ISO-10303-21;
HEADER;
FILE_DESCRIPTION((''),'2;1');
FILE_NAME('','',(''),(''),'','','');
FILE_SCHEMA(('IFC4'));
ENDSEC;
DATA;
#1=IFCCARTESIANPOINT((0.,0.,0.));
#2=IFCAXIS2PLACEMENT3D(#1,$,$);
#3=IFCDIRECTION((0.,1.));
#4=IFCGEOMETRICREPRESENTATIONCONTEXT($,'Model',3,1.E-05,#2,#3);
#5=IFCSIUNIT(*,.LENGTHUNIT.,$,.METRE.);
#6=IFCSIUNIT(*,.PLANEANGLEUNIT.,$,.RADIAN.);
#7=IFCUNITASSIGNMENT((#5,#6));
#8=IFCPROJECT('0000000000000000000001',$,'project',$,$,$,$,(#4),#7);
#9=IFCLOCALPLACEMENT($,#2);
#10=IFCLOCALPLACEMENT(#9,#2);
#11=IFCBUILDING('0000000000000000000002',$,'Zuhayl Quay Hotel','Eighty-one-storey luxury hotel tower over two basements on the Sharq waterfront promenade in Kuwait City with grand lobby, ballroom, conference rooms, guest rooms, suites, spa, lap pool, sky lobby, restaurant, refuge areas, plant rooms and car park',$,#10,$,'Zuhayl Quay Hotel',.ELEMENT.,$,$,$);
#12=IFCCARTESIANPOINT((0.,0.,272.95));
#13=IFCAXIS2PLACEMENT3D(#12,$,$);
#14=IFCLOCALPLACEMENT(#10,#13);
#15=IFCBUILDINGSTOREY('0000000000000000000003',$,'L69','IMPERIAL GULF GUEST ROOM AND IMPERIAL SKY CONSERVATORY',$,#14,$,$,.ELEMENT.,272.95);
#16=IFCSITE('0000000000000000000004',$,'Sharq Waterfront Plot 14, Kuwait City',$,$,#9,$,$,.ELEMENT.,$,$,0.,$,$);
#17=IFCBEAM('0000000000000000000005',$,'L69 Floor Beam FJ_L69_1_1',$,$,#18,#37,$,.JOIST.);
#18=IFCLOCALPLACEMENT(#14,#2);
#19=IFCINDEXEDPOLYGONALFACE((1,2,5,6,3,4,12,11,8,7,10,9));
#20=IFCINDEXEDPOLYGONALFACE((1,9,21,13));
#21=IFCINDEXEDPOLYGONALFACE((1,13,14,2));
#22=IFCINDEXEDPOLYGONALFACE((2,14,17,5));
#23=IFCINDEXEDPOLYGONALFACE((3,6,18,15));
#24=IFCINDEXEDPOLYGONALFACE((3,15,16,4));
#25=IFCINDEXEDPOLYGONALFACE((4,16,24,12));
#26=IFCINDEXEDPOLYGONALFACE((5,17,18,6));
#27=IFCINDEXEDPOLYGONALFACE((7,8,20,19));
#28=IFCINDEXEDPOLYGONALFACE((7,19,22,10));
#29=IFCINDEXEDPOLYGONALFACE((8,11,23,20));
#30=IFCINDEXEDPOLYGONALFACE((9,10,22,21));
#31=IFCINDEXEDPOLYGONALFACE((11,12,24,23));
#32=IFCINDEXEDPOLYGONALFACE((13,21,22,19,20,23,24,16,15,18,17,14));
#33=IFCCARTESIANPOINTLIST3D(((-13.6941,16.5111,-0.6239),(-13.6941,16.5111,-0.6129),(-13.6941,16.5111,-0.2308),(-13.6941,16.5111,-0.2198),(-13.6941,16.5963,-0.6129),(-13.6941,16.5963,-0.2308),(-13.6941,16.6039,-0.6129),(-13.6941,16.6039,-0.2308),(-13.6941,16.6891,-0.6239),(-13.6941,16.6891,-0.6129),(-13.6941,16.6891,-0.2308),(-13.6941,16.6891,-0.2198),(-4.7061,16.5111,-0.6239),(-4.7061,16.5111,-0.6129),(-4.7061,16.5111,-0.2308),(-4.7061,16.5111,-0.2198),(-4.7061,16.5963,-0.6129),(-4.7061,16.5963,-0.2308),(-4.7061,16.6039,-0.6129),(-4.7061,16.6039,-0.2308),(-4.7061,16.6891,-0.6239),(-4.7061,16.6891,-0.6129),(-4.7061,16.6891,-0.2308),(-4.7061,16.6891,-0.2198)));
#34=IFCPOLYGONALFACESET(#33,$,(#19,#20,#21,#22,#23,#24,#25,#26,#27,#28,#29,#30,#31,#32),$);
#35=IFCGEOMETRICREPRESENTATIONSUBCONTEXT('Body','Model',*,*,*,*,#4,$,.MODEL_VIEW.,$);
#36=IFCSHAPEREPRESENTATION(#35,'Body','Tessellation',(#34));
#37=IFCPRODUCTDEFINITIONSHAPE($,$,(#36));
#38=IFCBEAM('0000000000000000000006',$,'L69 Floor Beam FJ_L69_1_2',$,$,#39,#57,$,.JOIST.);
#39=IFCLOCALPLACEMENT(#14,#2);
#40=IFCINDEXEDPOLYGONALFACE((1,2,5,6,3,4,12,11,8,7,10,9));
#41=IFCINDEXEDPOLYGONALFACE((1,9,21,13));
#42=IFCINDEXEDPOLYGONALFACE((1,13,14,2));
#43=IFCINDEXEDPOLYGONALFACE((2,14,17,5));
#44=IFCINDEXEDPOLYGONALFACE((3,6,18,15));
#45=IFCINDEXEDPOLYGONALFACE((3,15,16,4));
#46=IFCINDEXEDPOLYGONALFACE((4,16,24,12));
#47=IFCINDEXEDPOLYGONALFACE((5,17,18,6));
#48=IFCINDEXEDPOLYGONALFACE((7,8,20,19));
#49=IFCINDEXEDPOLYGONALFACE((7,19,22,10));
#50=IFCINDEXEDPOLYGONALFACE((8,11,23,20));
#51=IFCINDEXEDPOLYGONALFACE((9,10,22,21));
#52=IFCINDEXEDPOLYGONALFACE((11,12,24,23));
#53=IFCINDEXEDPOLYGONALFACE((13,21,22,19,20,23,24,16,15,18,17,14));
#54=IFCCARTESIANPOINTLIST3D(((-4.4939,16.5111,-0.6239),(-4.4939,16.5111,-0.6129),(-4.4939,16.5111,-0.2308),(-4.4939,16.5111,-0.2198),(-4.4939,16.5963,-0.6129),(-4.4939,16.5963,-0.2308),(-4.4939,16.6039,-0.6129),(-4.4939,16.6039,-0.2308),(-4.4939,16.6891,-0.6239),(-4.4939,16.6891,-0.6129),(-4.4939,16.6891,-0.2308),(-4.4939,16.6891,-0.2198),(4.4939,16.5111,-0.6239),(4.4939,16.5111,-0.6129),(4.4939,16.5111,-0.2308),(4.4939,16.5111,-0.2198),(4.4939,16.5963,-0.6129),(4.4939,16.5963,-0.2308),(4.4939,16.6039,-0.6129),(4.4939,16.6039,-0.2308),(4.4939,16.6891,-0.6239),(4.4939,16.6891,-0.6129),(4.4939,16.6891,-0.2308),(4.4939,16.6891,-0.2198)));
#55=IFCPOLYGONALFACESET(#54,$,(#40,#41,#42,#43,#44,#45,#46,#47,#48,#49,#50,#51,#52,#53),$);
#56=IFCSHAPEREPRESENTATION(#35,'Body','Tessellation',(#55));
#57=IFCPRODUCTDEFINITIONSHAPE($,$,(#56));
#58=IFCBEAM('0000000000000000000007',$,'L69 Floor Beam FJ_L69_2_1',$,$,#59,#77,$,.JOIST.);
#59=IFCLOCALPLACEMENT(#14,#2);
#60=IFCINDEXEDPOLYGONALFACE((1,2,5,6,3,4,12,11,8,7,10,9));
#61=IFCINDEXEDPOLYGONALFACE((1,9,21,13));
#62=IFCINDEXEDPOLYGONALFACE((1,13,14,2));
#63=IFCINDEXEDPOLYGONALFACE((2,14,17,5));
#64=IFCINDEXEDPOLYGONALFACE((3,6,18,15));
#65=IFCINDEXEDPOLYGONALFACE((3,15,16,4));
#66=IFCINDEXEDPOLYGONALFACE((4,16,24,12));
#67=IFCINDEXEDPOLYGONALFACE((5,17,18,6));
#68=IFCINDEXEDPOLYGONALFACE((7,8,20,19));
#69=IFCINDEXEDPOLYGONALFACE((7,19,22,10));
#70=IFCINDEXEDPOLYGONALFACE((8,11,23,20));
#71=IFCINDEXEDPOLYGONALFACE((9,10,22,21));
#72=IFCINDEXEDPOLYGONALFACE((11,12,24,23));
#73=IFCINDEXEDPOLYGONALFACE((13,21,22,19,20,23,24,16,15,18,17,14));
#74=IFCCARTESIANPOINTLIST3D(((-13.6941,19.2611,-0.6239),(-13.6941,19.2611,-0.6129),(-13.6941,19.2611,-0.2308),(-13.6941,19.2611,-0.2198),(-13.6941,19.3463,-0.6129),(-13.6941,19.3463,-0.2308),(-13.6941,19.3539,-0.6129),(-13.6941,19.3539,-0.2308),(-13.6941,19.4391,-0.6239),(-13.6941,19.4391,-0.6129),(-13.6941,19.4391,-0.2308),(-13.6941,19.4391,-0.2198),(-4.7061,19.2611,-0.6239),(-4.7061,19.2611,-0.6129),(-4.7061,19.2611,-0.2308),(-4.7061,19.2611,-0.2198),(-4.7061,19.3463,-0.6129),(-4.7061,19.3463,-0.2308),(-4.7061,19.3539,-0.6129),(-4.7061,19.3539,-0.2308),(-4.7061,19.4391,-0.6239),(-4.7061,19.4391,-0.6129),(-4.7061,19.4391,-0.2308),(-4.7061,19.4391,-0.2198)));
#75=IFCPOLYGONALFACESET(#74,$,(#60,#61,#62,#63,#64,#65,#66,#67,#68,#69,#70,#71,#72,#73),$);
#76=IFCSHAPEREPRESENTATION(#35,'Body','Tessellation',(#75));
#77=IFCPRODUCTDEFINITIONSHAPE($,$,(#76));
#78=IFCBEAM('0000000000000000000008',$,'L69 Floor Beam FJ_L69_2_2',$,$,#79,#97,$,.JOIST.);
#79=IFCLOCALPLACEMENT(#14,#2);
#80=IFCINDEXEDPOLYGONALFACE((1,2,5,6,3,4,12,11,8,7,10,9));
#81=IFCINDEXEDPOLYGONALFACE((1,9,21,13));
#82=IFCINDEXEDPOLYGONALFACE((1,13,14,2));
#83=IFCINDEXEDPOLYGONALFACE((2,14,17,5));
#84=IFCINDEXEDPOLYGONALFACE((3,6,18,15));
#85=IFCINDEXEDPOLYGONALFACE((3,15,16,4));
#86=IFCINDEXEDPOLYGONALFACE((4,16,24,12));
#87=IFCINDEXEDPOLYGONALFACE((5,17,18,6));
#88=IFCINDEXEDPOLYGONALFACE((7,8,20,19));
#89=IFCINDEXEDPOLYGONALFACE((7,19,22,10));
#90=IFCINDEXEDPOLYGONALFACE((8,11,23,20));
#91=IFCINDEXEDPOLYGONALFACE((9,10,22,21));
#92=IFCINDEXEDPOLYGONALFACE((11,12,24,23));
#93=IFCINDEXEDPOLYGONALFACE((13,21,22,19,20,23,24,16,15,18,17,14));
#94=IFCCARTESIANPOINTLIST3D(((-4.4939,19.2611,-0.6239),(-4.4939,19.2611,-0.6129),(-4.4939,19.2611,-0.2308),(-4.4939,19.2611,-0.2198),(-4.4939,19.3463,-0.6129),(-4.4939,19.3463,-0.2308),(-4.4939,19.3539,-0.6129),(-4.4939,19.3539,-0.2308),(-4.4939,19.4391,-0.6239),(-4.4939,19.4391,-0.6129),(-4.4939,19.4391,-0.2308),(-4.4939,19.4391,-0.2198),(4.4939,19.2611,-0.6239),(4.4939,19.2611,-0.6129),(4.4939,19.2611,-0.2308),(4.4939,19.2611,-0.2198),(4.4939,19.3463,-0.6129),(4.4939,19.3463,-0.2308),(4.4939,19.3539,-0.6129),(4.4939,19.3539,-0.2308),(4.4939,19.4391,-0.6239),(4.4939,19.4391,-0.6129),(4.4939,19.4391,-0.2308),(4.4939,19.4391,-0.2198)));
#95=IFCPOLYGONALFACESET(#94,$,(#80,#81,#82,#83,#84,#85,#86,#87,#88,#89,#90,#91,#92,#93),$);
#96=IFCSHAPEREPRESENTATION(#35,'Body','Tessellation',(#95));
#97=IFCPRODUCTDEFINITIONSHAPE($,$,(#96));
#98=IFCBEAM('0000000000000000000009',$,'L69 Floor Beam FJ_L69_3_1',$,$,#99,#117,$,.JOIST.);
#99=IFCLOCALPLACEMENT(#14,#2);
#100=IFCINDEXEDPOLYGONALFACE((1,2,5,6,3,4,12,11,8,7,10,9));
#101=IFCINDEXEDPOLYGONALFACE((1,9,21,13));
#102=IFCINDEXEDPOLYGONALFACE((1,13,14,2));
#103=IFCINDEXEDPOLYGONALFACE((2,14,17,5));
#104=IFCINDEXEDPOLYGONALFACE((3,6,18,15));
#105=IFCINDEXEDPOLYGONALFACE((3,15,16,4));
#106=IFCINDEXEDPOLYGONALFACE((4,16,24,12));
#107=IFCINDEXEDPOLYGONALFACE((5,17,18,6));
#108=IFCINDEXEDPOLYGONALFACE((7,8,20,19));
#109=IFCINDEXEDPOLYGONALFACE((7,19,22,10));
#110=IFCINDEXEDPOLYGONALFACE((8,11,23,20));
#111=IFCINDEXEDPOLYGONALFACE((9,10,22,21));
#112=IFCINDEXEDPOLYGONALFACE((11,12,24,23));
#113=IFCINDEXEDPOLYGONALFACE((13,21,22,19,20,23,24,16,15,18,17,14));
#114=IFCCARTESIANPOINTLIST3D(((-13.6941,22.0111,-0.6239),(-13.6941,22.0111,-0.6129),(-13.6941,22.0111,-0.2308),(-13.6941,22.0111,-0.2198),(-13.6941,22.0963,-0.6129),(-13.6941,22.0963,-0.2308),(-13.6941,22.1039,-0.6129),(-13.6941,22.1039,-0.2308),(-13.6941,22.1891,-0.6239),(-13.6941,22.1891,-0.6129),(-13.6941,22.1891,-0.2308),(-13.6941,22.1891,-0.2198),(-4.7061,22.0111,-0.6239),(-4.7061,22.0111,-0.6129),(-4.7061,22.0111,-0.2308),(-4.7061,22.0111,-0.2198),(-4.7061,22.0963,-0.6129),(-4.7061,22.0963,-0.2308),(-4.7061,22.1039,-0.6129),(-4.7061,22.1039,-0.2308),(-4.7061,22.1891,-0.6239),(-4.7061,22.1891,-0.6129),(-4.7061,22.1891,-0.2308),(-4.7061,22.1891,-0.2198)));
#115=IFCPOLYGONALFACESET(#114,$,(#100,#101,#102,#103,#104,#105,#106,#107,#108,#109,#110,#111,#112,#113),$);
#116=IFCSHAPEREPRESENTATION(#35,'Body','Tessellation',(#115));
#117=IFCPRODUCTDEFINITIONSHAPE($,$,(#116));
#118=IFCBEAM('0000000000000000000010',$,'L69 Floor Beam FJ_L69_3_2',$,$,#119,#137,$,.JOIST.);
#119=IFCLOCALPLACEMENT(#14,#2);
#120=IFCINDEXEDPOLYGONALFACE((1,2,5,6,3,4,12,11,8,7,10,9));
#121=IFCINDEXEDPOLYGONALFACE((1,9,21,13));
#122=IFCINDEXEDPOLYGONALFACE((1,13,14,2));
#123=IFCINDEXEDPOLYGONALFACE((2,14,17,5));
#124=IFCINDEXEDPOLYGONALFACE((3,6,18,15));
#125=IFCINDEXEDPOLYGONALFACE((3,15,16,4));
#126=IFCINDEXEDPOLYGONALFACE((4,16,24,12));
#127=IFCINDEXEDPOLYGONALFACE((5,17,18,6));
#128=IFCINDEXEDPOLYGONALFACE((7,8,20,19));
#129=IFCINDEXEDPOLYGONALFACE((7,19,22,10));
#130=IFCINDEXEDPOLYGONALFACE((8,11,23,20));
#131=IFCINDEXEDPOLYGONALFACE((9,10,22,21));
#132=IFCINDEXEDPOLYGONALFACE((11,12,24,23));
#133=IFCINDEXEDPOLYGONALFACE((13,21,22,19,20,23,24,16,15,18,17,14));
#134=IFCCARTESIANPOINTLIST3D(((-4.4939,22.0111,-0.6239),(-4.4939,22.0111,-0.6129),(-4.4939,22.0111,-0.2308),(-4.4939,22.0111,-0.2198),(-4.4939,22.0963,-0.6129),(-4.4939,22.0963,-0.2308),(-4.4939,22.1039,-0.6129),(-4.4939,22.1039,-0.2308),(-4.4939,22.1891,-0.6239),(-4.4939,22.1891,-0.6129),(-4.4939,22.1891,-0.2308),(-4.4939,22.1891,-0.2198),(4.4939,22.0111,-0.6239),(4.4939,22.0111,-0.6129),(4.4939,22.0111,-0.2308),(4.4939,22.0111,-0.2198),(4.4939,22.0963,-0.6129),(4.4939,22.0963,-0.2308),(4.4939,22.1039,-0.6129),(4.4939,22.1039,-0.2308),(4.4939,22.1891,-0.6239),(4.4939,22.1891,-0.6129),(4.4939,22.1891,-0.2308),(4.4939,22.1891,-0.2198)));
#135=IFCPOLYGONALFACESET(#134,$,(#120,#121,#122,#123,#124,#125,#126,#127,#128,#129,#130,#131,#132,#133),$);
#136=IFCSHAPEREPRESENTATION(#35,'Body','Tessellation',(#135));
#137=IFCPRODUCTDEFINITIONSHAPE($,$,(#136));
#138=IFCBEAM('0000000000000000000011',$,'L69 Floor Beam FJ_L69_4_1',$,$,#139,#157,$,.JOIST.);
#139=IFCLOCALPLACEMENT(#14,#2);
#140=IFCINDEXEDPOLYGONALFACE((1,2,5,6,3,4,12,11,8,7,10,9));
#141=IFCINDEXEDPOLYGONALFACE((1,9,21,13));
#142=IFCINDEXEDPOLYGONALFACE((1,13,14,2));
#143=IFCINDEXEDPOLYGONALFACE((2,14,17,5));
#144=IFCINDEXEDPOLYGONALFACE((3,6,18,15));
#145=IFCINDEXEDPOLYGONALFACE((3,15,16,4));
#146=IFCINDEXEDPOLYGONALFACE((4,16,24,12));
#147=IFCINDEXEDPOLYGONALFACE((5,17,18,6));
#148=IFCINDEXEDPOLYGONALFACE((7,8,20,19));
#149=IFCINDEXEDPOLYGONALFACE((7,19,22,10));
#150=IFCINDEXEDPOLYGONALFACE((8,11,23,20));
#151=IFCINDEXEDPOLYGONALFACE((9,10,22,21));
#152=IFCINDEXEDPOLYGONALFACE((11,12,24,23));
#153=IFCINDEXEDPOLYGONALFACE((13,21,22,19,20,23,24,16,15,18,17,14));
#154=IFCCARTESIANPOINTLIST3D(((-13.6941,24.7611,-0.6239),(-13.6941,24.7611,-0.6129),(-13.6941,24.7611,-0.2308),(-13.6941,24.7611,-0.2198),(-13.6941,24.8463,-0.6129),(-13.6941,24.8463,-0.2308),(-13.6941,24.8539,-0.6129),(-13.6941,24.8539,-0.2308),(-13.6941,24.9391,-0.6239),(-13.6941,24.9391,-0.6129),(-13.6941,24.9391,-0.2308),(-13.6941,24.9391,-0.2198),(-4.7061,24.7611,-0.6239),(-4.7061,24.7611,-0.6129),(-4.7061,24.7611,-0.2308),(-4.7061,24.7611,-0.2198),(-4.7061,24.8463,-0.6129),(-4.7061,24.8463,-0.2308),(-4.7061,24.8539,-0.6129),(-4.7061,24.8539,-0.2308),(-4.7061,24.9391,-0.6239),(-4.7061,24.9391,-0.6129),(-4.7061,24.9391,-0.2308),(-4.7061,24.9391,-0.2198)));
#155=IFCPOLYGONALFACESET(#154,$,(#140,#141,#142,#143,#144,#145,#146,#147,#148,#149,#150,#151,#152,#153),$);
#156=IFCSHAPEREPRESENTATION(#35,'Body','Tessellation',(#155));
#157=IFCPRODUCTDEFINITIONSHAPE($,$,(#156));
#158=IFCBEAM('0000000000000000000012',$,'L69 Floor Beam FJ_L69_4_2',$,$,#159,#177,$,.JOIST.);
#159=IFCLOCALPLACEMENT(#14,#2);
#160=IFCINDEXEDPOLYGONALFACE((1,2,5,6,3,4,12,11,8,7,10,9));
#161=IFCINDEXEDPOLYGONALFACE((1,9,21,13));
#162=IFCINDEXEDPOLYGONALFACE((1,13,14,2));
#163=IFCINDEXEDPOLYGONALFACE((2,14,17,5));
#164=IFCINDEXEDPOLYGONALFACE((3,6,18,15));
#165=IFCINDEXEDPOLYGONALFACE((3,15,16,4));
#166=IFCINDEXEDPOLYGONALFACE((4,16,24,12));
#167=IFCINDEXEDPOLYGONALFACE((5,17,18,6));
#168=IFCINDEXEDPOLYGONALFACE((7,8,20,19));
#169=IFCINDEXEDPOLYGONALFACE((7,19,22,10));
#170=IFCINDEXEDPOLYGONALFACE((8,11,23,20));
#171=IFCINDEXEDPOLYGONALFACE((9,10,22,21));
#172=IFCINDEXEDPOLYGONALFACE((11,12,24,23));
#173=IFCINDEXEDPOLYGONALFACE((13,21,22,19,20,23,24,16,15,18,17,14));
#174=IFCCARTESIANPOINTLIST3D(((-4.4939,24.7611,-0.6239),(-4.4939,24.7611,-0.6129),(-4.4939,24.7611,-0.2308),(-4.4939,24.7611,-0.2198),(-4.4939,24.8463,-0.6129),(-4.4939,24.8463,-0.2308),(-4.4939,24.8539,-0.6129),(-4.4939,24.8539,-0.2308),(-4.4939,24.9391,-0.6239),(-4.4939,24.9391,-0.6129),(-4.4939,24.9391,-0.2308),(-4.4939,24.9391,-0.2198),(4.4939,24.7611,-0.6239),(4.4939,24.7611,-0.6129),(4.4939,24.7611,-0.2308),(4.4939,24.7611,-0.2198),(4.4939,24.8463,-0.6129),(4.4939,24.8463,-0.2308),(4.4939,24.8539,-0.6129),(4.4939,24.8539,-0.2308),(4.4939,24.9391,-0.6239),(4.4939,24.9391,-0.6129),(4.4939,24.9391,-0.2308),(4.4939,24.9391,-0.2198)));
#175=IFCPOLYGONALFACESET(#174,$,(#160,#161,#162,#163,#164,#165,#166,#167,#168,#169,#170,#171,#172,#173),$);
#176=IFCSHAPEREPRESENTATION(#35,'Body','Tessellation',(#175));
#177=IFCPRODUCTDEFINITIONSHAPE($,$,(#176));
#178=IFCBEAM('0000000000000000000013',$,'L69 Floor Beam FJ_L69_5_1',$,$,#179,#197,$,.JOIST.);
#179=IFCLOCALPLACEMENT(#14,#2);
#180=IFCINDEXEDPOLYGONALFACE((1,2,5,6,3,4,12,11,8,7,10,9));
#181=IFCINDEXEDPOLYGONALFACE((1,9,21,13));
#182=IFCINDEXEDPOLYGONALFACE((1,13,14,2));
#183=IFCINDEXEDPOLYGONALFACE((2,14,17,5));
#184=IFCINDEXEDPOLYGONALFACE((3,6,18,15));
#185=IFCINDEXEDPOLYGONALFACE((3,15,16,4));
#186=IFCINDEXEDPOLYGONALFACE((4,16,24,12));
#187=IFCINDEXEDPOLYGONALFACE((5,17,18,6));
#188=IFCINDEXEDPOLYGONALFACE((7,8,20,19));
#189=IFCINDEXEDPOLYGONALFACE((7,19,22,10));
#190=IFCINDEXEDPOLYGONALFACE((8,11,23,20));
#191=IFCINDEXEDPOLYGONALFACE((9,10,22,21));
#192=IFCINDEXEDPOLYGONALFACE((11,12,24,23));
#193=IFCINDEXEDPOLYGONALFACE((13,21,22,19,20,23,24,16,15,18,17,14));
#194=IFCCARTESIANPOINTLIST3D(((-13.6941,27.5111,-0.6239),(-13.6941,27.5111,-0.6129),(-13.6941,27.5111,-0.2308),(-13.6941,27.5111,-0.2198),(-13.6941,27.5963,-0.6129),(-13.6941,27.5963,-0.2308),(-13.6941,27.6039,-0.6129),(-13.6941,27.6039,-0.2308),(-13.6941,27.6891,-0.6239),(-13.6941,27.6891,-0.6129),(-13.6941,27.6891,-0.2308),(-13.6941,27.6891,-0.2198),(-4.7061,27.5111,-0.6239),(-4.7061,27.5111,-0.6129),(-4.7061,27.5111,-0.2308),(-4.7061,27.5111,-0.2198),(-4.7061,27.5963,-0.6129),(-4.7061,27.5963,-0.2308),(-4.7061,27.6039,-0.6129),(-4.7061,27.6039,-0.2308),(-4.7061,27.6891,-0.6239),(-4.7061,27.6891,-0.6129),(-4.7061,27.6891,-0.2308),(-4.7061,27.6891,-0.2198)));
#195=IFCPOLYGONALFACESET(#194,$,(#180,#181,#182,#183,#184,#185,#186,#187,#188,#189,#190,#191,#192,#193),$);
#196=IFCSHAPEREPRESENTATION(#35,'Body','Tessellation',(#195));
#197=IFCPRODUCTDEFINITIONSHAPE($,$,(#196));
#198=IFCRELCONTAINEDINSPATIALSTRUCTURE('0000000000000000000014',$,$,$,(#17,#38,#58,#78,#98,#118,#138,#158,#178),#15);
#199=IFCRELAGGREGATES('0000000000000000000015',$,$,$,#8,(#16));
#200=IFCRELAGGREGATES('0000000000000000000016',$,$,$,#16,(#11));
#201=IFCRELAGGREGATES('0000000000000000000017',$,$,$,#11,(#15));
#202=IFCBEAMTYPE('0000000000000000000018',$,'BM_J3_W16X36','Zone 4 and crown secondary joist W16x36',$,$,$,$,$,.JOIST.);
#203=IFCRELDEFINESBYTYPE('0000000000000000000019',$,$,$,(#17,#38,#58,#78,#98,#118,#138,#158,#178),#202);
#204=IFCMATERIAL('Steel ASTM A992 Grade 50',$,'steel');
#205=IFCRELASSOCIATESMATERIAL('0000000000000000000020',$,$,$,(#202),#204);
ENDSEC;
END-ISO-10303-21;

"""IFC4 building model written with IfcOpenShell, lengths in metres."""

from ifc_helpers import new_model, si_unit, direction, frame, origin, origin_2d, place, context, subcontext, project, spatial, i_section, extrude, material, material_profile, profile_set, type_object, element, save


model = new_model("IFC4")

# Units and contexts
model_context = context("Model", 3, precision=1e-05, world=origin(), true_north=direction((0.0, 1.0)))
body_context = subcontext(model_context, "Body", "Model", "MODEL_VIEW")
ifc_project = project(units=[si_unit("LENGTHUNIT", "METRE"), si_unit("PLANEANGLEUNIT", "RADIAN")], contexts=[model_context])

# Site, building, storey
site_placement = place(None, origin())
site = spatial("IfcSite", under=ifc_project, at=site_placement, Name="Sharq Waterfront Plot 14, Kuwait City", CompositionType="ELEMENT", RefElevation=0.0)
building_placement = place(site_placement, origin())
building = spatial("IfcBuilding", under=site, at=building_placement, Name="Zuhayl Quay Hotel", Description="Eighty-one-storey luxury hotel tower over two basements on the Sharq waterfront promenade in Kuwait City with grand lobby, ballroom, conference rooms, guest rooms, suites, spa, lap pool, sky lobby, restaurant, refuge areas, plant rooms and car park", LongName="Zuhayl Quay Hotel", CompositionType="ELEMENT")
storey_placement = place(building_placement, frame((0.0, 0.0, 272.95)))
storey = spatial("IfcBuildingStorey", under=building, at=storey_placement, Name="L69", Description="IMPERIAL GULF GUEST ROOM AND IMPERIAL SKY CONSERVATORY", CompositionType="ELEMENT", Elevation=272.95)

# Beams
ifc_material_1 = material(Name="Steel ASTM A992 Grade 50", Category="steel")
ifc_material_profile = material_profile(ifc_material_1, i_section(OverallWidth=0.178, OverallDepth=0.4041, WebThickness=0.0076, FlangeThickness=0.011, at=origin_2d()), Name="W16X36")
ifc_profile_set = profile_set([ifc_material_profile], Name="Steel ASTM A992 Grade 50")
beam_type = type_object("IfcBeamType", Name="BM_J3_W16X36", Description="Zone 4 and crown secondary joist W16x36", PredefinedType="JOIST", material=ifc_profile_set)
beam_1_placement = place(storey_placement, frame((-13.6941, 16.6001, -0.4219), z_axis=(1.0, 0.0, 0.0), x_axis=(0.0, 1.0, 0.0)))
element("IfcBeam", 1, at=beam_1_placement, inside=storey, type_object=beam_type, Name="L69 Floor Beam FJ_L69_1_1", PredefinedType="JOIST", context=body_context, shape_type="SweptSolid", body=[
    extrude(i_section(OverallWidth=0.178, OverallDepth=0.4041, WebThickness=0.0076, FlangeThickness=0.011, at=origin_2d()), origin(), (0.0, 0.0, 1.0), 8.988),
])
beam_2_placement = place(storey_placement, frame((-4.4939, 16.6001, -0.4219), z_axis=(1.0, 0.0, 0.0), x_axis=(0.0, 1.0, 0.0)))
element("IfcBeam", 2, at=beam_2_placement, inside=storey, type_object=beam_type, Name="L69 Floor Beam FJ_L69_1_2", PredefinedType="JOIST", context=body_context, shape_type="SweptSolid", body=[
    extrude(i_section(OverallWidth=0.178, OverallDepth=0.4041, WebThickness=0.0076, FlangeThickness=0.011, at=origin_2d()), origin(), (0.0, 0.0, 1.0), 8.9878),
])
beam_3_placement = place(storey_placement, frame((-13.6941, 19.3501, -0.4219), z_axis=(1.0, 0.0, 0.0), x_axis=(0.0, 1.0, 0.0)))
element("IfcBeam", 3, at=beam_3_placement, inside=storey, type_object=beam_type, Name="L69 Floor Beam FJ_L69_2_1", PredefinedType="JOIST", context=body_context, shape_type="SweptSolid", body=[
    extrude(i_section(OverallWidth=0.178, OverallDepth=0.4041, WebThickness=0.0076, FlangeThickness=0.011, at=origin_2d()), origin(), (0.0, 0.0, 1.0), 8.988),
])
beam_4_placement = place(storey_placement, frame((-4.4939, 19.3501, -0.4219), z_axis=(1.0, 0.0, 0.0), x_axis=(0.0, 1.0, 0.0)))
element("IfcBeam", 4, at=beam_4_placement, inside=storey, type_object=beam_type, Name="L69 Floor Beam FJ_L69_2_2", PredefinedType="JOIST", context=body_context, shape_type="SweptSolid", body=[
    extrude(i_section(OverallWidth=0.178, OverallDepth=0.4041, WebThickness=0.0076, FlangeThickness=0.011, at=origin_2d()), origin(), (0.0, 0.0, 1.0), 8.9878),
])
beam_5_placement = place(storey_placement, frame((-13.6941, 22.1001, -0.4219), z_axis=(1.0, 0.0, 0.0), x_axis=(0.0, 1.0, 0.0)))
element("IfcBeam", 5, at=beam_5_placement, inside=storey, type_object=beam_type, Name="L69 Floor Beam FJ_L69_3_1", PredefinedType="JOIST", context=body_context, shape_type="SweptSolid", body=[
    extrude(i_section(OverallWidth=0.178, OverallDepth=0.4041, WebThickness=0.0076, FlangeThickness=0.011, at=origin_2d()), origin(), (0.0, 0.0, 1.0), 8.988),
])
beam_6_placement = place(storey_placement, frame((-4.4939, 22.1001, -0.4219), z_axis=(1.0, 0.0, 0.0), x_axis=(0.0, 1.0, 0.0)))
element("IfcBeam", 6, at=beam_6_placement, inside=storey, type_object=beam_type, Name="L69 Floor Beam FJ_L69_3_2", PredefinedType="JOIST", context=body_context, shape_type="SweptSolid", body=[
    extrude(i_section(OverallWidth=0.178, OverallDepth=0.4041, WebThickness=0.0076, FlangeThickness=0.011, at=origin_2d()), origin(), (0.0, 0.0, 1.0), 8.9878),
])
beam_7_placement = place(storey_placement, frame((-13.6941, 24.8501, -0.4219), z_axis=(1.0, 0.0, 0.0), x_axis=(0.0, 1.0, 0.0)))
element("IfcBeam", 7, at=beam_7_placement, inside=storey, type_object=beam_type, Name="L69 Floor Beam FJ_L69_4_1", PredefinedType="JOIST", context=body_context, shape_type="SweptSolid", body=[
    extrude(i_section(OverallWidth=0.178, OverallDepth=0.4041, WebThickness=0.0076, FlangeThickness=0.011, at=origin_2d()), origin(), (0.0, 0.0, 1.0), 8.988),
])
beam_8_placement = place(storey_placement, frame((-4.4939, 24.8501, -0.4219), z_axis=(1.0, 0.0, 0.0), x_axis=(0.0, 1.0, 0.0)))
element("IfcBeam", 8, at=beam_8_placement, inside=storey, type_object=beam_type, Name="L69 Floor Beam FJ_L69_4_2", PredefinedType="JOIST", context=body_context, shape_type="SweptSolid", body=[
    extrude(i_section(OverallWidth=0.178, OverallDepth=0.4041, WebThickness=0.0076, FlangeThickness=0.011, at=origin_2d()), origin(), (0.0, 0.0, 1.0), 8.9878),
])
beam_9_placement = place(storey_placement, frame((-13.6941, 27.6001, -0.4219), z_axis=(1.0, 0.0, 0.0), x_axis=(0.0, 1.0, 0.0)))
element("IfcBeam", 9, at=beam_9_placement, inside=storey, type_object=beam_type, Name="L69 Floor Beam FJ_L69_5_1", PredefinedType="JOIST", context=body_context, shape_type="SweptSolid", body=[
    extrude(i_section(OverallWidth=0.178, OverallDepth=0.4041, WebThickness=0.0076, FlangeThickness=0.011, at=origin_2d()), origin(), (0.0, 0.0, 1.0), 8.988),
])

save(model, "model.ifc")
